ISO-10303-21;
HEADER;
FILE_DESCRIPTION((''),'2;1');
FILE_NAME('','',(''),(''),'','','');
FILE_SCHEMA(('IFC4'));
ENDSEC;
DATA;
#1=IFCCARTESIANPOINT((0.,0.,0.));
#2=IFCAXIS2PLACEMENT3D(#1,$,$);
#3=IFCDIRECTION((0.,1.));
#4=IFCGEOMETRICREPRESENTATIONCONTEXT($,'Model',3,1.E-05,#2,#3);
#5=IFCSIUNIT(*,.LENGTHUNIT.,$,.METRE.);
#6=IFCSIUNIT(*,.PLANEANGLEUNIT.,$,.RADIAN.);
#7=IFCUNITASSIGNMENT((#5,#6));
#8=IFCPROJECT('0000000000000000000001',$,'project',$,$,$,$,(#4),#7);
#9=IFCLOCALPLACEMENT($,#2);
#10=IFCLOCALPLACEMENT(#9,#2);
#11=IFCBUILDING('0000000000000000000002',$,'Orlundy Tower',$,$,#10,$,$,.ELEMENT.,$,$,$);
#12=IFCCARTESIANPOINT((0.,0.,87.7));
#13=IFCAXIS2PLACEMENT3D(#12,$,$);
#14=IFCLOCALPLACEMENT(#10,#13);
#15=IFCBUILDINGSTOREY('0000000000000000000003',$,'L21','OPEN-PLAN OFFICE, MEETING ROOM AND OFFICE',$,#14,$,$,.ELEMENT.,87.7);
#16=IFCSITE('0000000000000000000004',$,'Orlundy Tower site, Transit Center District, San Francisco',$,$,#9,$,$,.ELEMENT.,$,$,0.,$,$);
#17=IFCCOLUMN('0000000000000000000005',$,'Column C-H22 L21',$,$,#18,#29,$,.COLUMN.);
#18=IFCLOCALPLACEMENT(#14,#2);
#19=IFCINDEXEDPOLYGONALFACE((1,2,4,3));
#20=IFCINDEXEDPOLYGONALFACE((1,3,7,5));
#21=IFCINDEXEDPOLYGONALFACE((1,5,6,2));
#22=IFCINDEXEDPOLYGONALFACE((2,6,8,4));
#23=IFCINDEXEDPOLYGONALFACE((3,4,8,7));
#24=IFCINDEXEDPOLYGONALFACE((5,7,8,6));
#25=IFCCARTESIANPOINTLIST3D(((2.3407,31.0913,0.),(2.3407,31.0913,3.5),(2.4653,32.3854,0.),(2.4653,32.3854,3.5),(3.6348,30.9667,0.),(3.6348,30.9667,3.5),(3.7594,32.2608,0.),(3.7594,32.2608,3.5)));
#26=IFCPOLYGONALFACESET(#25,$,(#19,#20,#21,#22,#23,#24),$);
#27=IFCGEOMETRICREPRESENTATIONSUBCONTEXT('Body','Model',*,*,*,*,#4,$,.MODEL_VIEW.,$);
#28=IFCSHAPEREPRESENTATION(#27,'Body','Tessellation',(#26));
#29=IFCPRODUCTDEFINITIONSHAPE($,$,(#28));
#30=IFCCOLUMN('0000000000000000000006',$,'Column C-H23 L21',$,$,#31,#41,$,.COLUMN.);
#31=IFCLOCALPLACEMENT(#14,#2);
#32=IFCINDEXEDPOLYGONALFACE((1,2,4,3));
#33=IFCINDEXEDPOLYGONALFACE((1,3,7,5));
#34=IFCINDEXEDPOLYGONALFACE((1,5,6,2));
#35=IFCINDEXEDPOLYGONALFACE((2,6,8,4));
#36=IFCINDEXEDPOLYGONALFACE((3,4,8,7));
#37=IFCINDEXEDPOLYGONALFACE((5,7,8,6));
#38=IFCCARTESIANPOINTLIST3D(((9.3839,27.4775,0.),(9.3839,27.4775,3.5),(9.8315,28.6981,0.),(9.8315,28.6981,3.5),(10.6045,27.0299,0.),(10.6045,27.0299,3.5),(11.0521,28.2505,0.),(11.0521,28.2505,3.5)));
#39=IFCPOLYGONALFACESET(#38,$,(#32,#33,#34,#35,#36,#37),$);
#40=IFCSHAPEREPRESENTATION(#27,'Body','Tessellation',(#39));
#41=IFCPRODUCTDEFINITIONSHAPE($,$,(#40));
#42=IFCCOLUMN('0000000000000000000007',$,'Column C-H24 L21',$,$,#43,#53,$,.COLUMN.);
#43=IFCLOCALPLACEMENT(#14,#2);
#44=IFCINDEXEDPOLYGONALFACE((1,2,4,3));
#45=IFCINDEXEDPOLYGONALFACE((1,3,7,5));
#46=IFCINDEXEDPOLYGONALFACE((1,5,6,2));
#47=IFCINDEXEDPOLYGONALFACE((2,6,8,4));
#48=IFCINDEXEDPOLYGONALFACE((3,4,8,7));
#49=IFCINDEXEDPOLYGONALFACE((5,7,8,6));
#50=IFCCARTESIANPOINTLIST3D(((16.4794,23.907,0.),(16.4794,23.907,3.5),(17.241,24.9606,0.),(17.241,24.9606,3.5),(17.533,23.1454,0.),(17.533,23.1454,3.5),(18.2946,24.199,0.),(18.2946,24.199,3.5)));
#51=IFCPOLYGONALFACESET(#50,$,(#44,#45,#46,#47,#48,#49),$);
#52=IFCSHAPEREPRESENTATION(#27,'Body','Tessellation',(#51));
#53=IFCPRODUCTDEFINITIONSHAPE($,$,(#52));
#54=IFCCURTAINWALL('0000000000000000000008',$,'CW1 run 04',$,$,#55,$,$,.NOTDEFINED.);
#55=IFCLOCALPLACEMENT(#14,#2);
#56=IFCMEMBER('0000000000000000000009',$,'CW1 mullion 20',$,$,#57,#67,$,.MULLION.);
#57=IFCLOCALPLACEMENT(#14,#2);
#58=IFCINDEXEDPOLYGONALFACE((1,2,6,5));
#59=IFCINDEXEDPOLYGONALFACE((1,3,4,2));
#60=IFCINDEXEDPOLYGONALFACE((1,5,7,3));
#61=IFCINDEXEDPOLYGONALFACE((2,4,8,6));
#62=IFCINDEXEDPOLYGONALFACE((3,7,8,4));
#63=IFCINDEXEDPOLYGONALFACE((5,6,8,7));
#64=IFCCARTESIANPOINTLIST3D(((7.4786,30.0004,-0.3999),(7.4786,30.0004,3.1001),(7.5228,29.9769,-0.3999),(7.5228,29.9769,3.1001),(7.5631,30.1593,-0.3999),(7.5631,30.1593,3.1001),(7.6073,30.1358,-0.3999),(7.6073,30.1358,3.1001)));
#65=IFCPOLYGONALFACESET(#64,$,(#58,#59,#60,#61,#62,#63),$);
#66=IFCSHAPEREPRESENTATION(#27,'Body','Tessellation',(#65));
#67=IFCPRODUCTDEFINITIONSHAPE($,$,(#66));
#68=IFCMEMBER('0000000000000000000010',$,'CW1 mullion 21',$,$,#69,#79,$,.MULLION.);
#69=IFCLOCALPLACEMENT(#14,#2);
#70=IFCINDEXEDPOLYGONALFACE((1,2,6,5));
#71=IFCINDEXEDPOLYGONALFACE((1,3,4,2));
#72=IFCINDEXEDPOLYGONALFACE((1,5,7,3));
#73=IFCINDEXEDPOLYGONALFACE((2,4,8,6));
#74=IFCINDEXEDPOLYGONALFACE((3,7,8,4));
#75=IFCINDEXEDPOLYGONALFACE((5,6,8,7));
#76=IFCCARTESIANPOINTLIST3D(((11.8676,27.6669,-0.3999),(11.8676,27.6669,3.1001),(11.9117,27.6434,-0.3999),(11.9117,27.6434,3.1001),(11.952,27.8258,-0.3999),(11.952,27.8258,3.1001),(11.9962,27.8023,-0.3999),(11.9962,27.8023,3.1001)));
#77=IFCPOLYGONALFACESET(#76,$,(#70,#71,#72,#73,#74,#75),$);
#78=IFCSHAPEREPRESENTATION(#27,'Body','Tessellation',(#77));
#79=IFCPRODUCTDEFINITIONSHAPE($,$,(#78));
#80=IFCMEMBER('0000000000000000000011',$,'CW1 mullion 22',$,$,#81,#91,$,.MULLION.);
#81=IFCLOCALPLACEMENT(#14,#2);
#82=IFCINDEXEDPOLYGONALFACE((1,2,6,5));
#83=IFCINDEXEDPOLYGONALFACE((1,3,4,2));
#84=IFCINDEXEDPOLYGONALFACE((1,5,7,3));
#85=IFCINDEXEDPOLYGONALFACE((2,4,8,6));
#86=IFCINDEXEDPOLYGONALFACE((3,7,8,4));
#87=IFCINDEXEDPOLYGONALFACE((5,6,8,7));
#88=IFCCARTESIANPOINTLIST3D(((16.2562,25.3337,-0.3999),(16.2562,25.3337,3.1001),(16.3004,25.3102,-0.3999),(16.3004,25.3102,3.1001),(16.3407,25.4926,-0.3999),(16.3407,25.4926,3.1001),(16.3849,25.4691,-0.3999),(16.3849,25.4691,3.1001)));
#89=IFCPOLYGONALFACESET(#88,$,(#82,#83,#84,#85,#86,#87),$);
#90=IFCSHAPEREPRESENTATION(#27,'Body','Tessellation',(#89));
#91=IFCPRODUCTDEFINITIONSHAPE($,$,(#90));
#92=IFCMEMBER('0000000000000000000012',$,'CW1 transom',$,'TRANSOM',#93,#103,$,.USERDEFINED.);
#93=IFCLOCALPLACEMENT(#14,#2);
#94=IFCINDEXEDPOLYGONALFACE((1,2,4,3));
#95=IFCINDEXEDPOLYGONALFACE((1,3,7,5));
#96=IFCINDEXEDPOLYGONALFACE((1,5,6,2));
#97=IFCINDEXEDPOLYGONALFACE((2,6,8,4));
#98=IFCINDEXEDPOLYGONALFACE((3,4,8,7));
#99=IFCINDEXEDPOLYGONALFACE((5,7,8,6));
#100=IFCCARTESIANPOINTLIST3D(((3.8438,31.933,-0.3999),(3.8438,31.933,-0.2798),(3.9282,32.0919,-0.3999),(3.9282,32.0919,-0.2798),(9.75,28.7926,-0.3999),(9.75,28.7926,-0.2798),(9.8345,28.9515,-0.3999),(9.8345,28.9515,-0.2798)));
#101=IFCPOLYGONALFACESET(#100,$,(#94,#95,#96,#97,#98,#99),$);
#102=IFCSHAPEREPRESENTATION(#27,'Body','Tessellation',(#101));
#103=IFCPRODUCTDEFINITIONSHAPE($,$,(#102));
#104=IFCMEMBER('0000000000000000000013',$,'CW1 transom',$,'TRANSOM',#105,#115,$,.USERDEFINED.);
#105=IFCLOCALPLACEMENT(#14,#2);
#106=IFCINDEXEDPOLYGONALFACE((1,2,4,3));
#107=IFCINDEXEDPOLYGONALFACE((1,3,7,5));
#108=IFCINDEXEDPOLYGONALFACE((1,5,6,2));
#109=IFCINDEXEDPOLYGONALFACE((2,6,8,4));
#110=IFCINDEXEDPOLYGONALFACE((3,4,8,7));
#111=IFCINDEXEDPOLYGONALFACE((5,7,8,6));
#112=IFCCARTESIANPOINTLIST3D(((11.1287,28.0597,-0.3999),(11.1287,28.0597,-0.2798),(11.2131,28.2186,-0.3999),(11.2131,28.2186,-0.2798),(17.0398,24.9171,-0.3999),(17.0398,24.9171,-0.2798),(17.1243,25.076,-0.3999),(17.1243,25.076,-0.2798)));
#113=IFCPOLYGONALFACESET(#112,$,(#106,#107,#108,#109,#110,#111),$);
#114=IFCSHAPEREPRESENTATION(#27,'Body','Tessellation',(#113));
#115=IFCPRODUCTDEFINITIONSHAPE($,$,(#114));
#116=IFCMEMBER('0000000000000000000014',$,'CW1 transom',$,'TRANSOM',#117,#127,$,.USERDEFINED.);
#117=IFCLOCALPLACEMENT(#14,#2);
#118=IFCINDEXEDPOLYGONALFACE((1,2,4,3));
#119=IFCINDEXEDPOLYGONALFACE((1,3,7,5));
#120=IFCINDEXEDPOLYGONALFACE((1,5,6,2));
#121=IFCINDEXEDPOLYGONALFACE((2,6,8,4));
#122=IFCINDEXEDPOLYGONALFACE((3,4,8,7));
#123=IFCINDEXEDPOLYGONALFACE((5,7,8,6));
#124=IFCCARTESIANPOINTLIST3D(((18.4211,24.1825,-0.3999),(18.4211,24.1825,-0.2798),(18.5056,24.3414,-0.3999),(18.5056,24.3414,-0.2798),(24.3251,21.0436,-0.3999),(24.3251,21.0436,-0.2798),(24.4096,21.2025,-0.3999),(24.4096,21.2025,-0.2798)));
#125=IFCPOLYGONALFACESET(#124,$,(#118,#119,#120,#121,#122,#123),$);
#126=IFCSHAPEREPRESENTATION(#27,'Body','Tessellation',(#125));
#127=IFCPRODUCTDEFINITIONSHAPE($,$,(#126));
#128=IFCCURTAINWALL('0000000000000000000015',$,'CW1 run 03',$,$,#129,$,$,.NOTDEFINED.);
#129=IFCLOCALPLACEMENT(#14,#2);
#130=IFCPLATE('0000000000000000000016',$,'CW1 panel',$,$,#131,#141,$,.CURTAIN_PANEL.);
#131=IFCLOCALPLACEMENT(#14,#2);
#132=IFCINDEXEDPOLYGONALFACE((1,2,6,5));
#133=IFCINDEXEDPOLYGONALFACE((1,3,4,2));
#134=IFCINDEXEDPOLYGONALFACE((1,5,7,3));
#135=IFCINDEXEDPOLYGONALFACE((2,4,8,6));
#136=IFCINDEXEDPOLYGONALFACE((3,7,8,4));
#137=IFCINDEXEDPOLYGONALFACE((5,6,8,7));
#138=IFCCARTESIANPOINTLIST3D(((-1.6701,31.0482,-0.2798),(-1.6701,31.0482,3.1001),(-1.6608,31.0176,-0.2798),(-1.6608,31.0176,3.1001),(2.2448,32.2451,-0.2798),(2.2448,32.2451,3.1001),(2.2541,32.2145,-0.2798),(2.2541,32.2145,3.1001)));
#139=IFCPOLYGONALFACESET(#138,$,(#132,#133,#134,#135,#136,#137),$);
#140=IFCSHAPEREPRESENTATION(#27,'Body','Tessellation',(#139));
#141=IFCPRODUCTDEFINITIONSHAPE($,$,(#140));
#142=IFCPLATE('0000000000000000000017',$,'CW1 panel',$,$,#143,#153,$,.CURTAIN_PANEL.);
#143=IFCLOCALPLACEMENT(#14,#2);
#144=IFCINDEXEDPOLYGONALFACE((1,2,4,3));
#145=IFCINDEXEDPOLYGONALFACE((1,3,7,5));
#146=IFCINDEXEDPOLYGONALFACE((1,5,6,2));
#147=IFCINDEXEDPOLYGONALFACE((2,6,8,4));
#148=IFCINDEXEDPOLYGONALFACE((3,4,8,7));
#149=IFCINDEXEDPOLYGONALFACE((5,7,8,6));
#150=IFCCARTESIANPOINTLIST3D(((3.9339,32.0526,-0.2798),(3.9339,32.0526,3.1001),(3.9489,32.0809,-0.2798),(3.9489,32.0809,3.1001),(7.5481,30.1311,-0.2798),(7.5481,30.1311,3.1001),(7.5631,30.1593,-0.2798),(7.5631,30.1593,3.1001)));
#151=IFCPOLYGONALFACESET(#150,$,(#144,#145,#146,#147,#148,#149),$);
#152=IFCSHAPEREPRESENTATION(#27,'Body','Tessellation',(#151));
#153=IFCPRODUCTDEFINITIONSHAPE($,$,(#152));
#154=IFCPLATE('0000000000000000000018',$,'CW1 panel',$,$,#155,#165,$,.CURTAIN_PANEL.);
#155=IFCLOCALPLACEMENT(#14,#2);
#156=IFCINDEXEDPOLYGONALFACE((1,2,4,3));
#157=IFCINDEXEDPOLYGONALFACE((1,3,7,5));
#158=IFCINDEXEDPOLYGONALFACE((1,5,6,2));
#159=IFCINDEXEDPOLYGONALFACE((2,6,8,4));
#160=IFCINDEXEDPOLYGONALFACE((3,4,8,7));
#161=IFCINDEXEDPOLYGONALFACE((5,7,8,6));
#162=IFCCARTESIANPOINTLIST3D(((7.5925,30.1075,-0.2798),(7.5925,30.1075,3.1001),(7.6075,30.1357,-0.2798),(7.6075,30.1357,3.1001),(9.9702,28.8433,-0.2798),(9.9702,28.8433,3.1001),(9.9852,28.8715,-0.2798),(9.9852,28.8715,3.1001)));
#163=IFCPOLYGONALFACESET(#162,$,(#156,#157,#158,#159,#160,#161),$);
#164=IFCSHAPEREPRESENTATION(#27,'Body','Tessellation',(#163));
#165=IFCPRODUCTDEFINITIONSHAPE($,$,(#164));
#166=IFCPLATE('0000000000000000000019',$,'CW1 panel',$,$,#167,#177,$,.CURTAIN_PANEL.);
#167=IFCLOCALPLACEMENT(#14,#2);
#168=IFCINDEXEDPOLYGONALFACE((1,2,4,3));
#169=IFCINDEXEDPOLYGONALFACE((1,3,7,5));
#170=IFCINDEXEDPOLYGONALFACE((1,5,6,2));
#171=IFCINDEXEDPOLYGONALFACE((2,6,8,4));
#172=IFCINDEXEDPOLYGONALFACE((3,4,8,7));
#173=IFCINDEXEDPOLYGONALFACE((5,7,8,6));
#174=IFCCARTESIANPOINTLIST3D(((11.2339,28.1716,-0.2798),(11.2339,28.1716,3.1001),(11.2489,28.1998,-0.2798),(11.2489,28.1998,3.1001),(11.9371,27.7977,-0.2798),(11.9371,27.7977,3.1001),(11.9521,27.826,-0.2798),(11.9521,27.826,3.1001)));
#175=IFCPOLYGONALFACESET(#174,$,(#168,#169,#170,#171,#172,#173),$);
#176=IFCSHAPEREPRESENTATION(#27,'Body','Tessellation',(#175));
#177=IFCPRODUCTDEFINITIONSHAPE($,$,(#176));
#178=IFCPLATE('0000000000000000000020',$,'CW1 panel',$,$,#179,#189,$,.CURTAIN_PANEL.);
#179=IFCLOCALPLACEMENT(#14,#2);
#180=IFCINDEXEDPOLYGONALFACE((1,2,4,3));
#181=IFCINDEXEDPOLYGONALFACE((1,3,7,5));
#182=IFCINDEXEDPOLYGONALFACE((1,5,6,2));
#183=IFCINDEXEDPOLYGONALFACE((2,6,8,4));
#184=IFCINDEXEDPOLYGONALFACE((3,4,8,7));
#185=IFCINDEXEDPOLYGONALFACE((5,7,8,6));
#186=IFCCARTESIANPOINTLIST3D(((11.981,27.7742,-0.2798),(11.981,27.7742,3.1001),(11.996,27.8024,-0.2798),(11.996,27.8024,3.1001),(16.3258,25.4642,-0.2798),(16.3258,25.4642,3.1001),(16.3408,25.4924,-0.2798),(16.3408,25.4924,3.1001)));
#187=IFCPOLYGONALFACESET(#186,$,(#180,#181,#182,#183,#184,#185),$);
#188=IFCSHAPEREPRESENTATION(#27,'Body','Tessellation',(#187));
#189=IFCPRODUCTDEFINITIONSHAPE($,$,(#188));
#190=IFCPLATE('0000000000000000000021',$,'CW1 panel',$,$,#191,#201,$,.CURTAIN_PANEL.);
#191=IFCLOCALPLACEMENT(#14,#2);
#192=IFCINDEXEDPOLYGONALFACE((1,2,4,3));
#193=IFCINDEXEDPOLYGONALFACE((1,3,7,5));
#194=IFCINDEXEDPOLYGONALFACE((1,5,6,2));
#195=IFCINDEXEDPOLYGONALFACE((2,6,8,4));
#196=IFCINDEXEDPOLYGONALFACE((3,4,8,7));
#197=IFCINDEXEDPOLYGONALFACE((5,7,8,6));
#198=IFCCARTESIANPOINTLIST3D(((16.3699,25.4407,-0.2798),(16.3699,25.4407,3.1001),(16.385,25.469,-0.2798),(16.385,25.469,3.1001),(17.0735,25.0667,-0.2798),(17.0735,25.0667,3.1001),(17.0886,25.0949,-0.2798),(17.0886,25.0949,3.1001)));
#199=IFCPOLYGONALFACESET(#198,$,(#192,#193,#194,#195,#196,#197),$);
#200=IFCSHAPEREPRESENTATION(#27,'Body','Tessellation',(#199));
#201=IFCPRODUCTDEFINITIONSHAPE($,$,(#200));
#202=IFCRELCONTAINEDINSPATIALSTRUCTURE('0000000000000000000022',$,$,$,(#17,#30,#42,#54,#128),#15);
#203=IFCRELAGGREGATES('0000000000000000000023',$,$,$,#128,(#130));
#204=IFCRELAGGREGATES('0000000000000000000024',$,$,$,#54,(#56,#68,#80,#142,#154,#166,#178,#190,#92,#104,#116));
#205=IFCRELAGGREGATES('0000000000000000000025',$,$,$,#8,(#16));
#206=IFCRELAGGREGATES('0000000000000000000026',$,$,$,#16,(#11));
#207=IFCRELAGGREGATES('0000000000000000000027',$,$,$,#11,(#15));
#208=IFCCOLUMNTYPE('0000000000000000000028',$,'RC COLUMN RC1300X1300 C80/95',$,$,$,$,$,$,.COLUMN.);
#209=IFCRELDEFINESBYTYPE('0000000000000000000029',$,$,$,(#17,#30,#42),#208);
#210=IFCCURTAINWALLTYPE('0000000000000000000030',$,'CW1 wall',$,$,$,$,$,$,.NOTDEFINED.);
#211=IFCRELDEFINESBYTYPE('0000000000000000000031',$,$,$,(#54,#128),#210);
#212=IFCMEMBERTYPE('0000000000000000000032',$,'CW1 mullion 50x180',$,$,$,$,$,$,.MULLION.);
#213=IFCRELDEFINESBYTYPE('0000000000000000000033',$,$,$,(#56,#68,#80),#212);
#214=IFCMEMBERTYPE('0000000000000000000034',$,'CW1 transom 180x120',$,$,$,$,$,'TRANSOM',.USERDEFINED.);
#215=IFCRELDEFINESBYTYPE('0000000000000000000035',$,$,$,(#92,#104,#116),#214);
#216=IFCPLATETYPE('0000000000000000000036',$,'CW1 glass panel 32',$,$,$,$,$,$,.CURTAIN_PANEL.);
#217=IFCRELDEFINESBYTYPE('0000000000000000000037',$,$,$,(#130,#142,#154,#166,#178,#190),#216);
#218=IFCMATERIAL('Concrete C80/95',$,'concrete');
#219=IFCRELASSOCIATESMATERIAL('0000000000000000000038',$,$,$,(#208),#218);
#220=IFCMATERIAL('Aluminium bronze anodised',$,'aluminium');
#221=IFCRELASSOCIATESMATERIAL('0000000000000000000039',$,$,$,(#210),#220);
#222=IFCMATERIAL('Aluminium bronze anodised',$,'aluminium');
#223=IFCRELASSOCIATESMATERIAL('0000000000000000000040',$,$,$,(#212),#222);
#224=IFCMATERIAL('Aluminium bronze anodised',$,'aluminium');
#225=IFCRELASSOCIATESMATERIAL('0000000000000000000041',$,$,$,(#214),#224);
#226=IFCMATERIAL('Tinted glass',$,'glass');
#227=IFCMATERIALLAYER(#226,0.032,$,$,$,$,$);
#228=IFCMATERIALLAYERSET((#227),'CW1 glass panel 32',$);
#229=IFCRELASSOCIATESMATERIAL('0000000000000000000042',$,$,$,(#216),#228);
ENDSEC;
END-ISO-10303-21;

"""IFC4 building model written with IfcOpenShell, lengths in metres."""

from ifc_helpers import new_model, si_unit, direction, frame, origin, origin_2d, place, context, subcontext, project, spatial, rectangle, extrude, material, layer, layer_set, material_profile, profile_set, type_object, element, aggregate, save


model = new_model("IFC4")

# Units and contexts
model_context = context("Model", 3, precision=1e-05, world=origin(), true_north=direction((0.0, 1.0)))
body_context = subcontext(model_context, "Body", "Model", "MODEL_VIEW")
ifc_project = project(units=[si_unit("LENGTHUNIT", "METRE"), si_unit("PLANEANGLEUNIT", "RADIAN")], contexts=[model_context])

# Site, building, storey
site_placement = place(None, origin())
site = spatial("IfcSite", under=ifc_project, at=site_placement, Name="Orlundy Tower site, Transit Center District, San Francisco", CompositionType="ELEMENT", RefElevation=0.0)
building_placement = place(site_placement, origin())
building = spatial("IfcBuilding", under=site, at=building_placement, Name="Orlundy Tower", CompositionType="ELEMENT")
storey_placement = place(building_placement, frame((0.0, 0.0, 87.7)))
storey = spatial("IfcBuildingStorey", under=building, at=storey_placement, Name="L21", Description="OPEN-PLAN OFFICE, MEETING ROOM AND OFFICE", CompositionType="ELEMENT", Elevation=87.7)

# Columns
ifc_material_1 = material(Name="Concrete C80/95", Category="concrete")
ifc_material_profile_1 = material_profile(ifc_material_1, rectangle(XDim=1.3, YDim=1.3, at=origin_2d()), Name="RC1300X1300")
ifc_profile_set_1 = profile_set([ifc_material_profile_1], Name="Concrete C80/95")
column_type = type_object("IfcColumnType", Name="RC COLUMN RC1300X1300 C80/95", PredefinedType="COLUMN", material=ifc_profile_set_1)
for number, where, z_axis, x_axis, name in (
    (1, (3.05, 31.676, 0.0), (0.0, 0.0, 1.0), (0.095846, 0.995396, 0.0), "Column C-H22 L21"),
    (2, (10.218, 27.864, 0.0), (0.0, 0.0, 1.0), (0.344282, 0.938866, 0.0), "Column C-H23 L21"),
    (3, (17.387, 24.053, 0.0), (0.0, 0.0, 1.0), (0.585835, 0.81043, 0.0), "Column C-H24 L21"),
):
    element("IfcColumn", number, at=place(storey_placement, frame(where, z_axis=z_axis, x_axis=x_axis)), inside=storey, type_object=column_type, Name=name, PredefinedType="COLUMN", context=body_context, shape_type="SweptSolid", body=[
        extrude(rectangle(XDim=1.3, YDim=1.3, at=origin_2d()), origin(), (0.0, 0.0, 1.0), 3.5),
    ])

# Curtain wall, members
ifc_material_2 = material(Name="Aluminium bronze anodised", Category="aluminium")
curtain_wall_type = type_object("IfcCurtainWallType", Name="CW1 wall", PredefinedType="NOTDEFINED", material=ifc_material_2)
curtain_wall_1_placement = place(storey_placement, origin())
curtain_wall_1 = element("IfcCurtainWall", 4, at=curtain_wall_1_placement, inside=storey, type_object=curtain_wall_type, Name="CW1 run 04", PredefinedType="NOTDEFINED")
ifc_material_3 = material(Name="Aluminium bronze anodised", Category="aluminium")
ifc_material_profile_2 = material_profile(ifc_material_3, rectangle(XDim=0.1799, YDim=0.05, at=origin_2d()), Name="CW1 mullion 50x180")
ifc_profile_set_2 = profile_set([ifc_material_profile_2], Name="Aluminium bronze anodised")
member_type_1 = type_object("IfcMemberType", Name="CW1 mullion 50x180", PredefinedType="MULLION", material=ifc_profile_set_2)
member_1_placement = place(storey_placement, frame((7.543, 30.0681, -0.3999), z_axis=(0.0, 0.0, 1.0), x_axis=(0.469445, 0.882961, 0.0)))
member_1 = element("IfcMember", 5, at=member_1_placement, type_object=member_type_1, Name="CW1 mullion 20", PredefinedType="MULLION", context=body_context, shape_type="SweptSolid", body=[
    extrude(rectangle(XDim=0.1799, YDim=0.05, at=origin_2d()), origin(), (0.0, 0.0, 1.0), 3.5),
])
member_2_placement = place(storey_placement, frame((11.9319, 27.7346, -0.3999), z_axis=(0.0, 0.0, 1.0), x_axis=(0.469445, 0.882961, 0.0)))
member_2 = element("IfcMember", 6, at=member_2_placement, type_object=member_type_1, Name="CW1 mullion 21", PredefinedType="MULLION", context=body_context, shape_type="SweptSolid", body=[
    extrude(rectangle(XDim=0.1799, YDim=0.05, at=origin_2d()), origin(), (0.0, 0.0, 1.0), 3.5),
])
member_3_placement = place(storey_placement, frame((16.3206, 25.4014, -0.3999), z_axis=(0.0, 0.0, 1.0), x_axis=(0.469445, 0.882961, 0.0)))
member_3 = element("IfcMember", 7, at=member_3_placement, type_object=member_type_1, Name="CW1 mullion 22", PredefinedType="MULLION", context=body_context, shape_type="SweptSolid", body=[
    extrude(rectangle(XDim=0.1799, YDim=0.05, at=origin_2d()), origin(), (0.0, 0.0, 1.0), 3.5),
])
ifc_material_4 = material(Name="Aluminium bronze anodised", Category="aluminium")
ifc_material_profile_3 = material_profile(ifc_material_4, rectangle(XDim=0.1799, YDim=0.1201, at=origin_2d()), Name="CW1 transom 180x120")
ifc_profile_set_3 = profile_set([ifc_material_profile_3], Name="Aluminium bronze anodised")
member_type_2 = type_object("IfcMemberType", Name="CW1 transom 180x120", ElementType="TRANSOM", PredefinedType="USERDEFINED", material=ifc_profile_set_3)
member_4_placement = place(storey_placement, frame((3.886, 32.0125, -0.3398), z_axis=(0.882949, -0.469468, 0.0), x_axis=(0.469468, 0.882949, 0.0)))
member_4 = element("IfcMember", 8, at=member_4_placement, type_object=member_type_2, Name="CW1 transom", ObjectType="TRANSOM", PredefinedType="USERDEFINED", context=body_context, shape_type="SweptSolid", body=[
    extrude(rectangle(XDim=0.1799, YDim=0.1201, at=origin_2d()), origin(), (0.0, 0.0, 1.0), 6.6892),
])
member_5_placement = place(storey_placement, frame((11.1709, 28.1392, -0.3398), z_axis=(0.882974, -0.469422, 0.0), x_axis=(0.469422, 0.882974, 0.0)))
member_5 = element("IfcMember", 9, at=member_5_placement, type_object=member_type_2, Name="CW1 transom", ObjectType="TRANSOM", PredefinedType="USERDEFINED", context=body_context, shape_type="SweptSolid", body=[
    extrude(rectangle(XDim=0.1799, YDim=0.1201, at=origin_2d()), origin(), (0.0, 0.0, 1.0), 6.6946),
])
member_6_placement = place(storey_placement, frame((18.4634, 24.262, -0.3398), z_axis=(0.882968, -0.469434, 0.0), x_axis=(0.469434, 0.882968, 0.0)))
member_6 = element("IfcMember", 10, at=member_6_placement, type_object=member_type_2, Name="CW1 transom", ObjectType="TRANSOM", PredefinedType="USERDEFINED", context=body_context, shape_type="SweptSolid", body=[
    extrude(rectangle(XDim=0.1799, YDim=0.1201, at=origin_2d()), origin(), (0.0, 0.0, 1.0), 6.6865),
])

# Curtain wall, plate
curtain_wall_2_placement = place(storey_placement, origin())
curtain_wall_2 = element("IfcCurtainWall", 11, at=curtain_wall_2_placement, inside=storey, type_object=curtain_wall_type, Name="CW1 run 03", PredefinedType="NOTDEFINED")
ifc_material_5 = material(Name="Tinted glass", Category="glass")
ifc_layer_1 = layer(ifc_material_5, 0.032)
ifc_layer_set_1 = layer_set([ifc_layer_1], Name="CW1 glass panel 32")
plate_type = type_object("IfcPlateType", Name="CW1 glass panel 32", PredefinedType="CURTAIN_PANEL", material=ifc_layer_set_1)
plate_1_placement = place(storey_placement, frame((0.292, 31.6313, -0.2798), z_axis=(0.0, 0.0, 1.0), x_axis=(0.956308, 0.292361, 0.0)))
plate_1 = element("IfcPlate", 12, at=plate_1_placement, type_object=plate_type, Name="CW1 panel", PredefinedType="CURTAIN_PANEL", context=body_context, shape_type="SweptSolid", body=[
    extrude(rectangle(XDim=4.0938, YDim=0.032, at=origin_2d()), origin(), (0.0, 0.0, 1.0), 3.3799),
])
aggregate(curtain_wall_2, [plate_1])

# Plates
plate_2_placement = place(storey_placement, frame((5.7485, 31.106, -0.2798), z_axis=(0.0, 0.0, 1.0), x_axis=(0.882961, -0.469445, 0.0)))
plate_2 = element("IfcPlate", 13, at=plate_2_placement, type_object=plate_type, Name="CW1 panel", PredefinedType="CURTAIN_PANEL", context=body_context, shape_type="SweptSolid", body=[
    extrude(rectangle(XDim=4.0933, YDim=0.032, at=origin_2d()), origin(), (0.0, 0.0, 1.0), 3.3799),
])
plate_3_placement = place(storey_placement, frame((8.7888, 29.4895, -0.2798), z_axis=(0.0, 0.0, 1.0), x_axis=(0.882961, -0.469445, 0.0)))
plate_3 = element("IfcPlate", 14, at=plate_3_placement, type_object=plate_type, Name="CW1 panel", PredefinedType="CURTAIN_PANEL", context=body_context, shape_type="SweptSolid", body=[
    extrude(rectangle(XDim=2.6929, YDim=0.032, at=origin_2d()), origin(), (0.0, 0.0, 1.0), 3.3799),
])
plate_4_placement = place(storey_placement, frame((11.593, 27.9988, -0.2798), z_axis=(0.0, 0.0, 1.0), x_axis=(0.882961, -0.469445, 0.0)))
plate_4 = element("IfcPlate", 15, at=plate_4_placement, type_object=plate_type, Name="CW1 panel", PredefinedType="CURTAIN_PANEL", context=body_context, shape_type="SweptSolid", body=[
    extrude(rectangle(XDim=0.7964, YDim=0.032, at=origin_2d()), origin(), (0.0, 0.0, 1.0), 3.3799),
])
plate_5_placement = place(storey_placement, frame((14.1609, 26.6333, -0.2798), z_axis=(0.0, 0.0, 1.0), x_axis=(0.882961, -0.469445, 0.0)))
plate_5 = element("IfcPlate", 16, at=plate_5_placement, type_object=plate_type, Name="CW1 panel", PredefinedType="CURTAIN_PANEL", context=body_context, shape_type="SweptSolid", body=[
    extrude(rectangle(XDim=4.9207, YDim=0.032, at=origin_2d()), origin(), (0.0, 0.0, 1.0), 3.3799),
])
plate_6_placement = place(storey_placement, frame((16.7292, 25.2678, -0.2798), z_axis=(0.0, 0.0, 1.0), x_axis=(0.882961, -0.469445, 0.0)))
plate_6 = element("IfcPlate", 17, at=plate_6_placement, type_object=plate_type, Name="CW1 panel", PredefinedType="CURTAIN_PANEL", context=body_context, shape_type="SweptSolid", body=[
    extrude(rectangle(XDim=0.7969, YDim=0.032, at=origin_2d()), origin(), (0.0, 0.0, 1.0), 3.3799),
])
aggregate(curtain_wall_1, [member_1, member_2, member_3, plate_2, plate_3, plate_4, plate_5, plate_6, member_4, member_5, member_6])

save(model, "model.ifc")
